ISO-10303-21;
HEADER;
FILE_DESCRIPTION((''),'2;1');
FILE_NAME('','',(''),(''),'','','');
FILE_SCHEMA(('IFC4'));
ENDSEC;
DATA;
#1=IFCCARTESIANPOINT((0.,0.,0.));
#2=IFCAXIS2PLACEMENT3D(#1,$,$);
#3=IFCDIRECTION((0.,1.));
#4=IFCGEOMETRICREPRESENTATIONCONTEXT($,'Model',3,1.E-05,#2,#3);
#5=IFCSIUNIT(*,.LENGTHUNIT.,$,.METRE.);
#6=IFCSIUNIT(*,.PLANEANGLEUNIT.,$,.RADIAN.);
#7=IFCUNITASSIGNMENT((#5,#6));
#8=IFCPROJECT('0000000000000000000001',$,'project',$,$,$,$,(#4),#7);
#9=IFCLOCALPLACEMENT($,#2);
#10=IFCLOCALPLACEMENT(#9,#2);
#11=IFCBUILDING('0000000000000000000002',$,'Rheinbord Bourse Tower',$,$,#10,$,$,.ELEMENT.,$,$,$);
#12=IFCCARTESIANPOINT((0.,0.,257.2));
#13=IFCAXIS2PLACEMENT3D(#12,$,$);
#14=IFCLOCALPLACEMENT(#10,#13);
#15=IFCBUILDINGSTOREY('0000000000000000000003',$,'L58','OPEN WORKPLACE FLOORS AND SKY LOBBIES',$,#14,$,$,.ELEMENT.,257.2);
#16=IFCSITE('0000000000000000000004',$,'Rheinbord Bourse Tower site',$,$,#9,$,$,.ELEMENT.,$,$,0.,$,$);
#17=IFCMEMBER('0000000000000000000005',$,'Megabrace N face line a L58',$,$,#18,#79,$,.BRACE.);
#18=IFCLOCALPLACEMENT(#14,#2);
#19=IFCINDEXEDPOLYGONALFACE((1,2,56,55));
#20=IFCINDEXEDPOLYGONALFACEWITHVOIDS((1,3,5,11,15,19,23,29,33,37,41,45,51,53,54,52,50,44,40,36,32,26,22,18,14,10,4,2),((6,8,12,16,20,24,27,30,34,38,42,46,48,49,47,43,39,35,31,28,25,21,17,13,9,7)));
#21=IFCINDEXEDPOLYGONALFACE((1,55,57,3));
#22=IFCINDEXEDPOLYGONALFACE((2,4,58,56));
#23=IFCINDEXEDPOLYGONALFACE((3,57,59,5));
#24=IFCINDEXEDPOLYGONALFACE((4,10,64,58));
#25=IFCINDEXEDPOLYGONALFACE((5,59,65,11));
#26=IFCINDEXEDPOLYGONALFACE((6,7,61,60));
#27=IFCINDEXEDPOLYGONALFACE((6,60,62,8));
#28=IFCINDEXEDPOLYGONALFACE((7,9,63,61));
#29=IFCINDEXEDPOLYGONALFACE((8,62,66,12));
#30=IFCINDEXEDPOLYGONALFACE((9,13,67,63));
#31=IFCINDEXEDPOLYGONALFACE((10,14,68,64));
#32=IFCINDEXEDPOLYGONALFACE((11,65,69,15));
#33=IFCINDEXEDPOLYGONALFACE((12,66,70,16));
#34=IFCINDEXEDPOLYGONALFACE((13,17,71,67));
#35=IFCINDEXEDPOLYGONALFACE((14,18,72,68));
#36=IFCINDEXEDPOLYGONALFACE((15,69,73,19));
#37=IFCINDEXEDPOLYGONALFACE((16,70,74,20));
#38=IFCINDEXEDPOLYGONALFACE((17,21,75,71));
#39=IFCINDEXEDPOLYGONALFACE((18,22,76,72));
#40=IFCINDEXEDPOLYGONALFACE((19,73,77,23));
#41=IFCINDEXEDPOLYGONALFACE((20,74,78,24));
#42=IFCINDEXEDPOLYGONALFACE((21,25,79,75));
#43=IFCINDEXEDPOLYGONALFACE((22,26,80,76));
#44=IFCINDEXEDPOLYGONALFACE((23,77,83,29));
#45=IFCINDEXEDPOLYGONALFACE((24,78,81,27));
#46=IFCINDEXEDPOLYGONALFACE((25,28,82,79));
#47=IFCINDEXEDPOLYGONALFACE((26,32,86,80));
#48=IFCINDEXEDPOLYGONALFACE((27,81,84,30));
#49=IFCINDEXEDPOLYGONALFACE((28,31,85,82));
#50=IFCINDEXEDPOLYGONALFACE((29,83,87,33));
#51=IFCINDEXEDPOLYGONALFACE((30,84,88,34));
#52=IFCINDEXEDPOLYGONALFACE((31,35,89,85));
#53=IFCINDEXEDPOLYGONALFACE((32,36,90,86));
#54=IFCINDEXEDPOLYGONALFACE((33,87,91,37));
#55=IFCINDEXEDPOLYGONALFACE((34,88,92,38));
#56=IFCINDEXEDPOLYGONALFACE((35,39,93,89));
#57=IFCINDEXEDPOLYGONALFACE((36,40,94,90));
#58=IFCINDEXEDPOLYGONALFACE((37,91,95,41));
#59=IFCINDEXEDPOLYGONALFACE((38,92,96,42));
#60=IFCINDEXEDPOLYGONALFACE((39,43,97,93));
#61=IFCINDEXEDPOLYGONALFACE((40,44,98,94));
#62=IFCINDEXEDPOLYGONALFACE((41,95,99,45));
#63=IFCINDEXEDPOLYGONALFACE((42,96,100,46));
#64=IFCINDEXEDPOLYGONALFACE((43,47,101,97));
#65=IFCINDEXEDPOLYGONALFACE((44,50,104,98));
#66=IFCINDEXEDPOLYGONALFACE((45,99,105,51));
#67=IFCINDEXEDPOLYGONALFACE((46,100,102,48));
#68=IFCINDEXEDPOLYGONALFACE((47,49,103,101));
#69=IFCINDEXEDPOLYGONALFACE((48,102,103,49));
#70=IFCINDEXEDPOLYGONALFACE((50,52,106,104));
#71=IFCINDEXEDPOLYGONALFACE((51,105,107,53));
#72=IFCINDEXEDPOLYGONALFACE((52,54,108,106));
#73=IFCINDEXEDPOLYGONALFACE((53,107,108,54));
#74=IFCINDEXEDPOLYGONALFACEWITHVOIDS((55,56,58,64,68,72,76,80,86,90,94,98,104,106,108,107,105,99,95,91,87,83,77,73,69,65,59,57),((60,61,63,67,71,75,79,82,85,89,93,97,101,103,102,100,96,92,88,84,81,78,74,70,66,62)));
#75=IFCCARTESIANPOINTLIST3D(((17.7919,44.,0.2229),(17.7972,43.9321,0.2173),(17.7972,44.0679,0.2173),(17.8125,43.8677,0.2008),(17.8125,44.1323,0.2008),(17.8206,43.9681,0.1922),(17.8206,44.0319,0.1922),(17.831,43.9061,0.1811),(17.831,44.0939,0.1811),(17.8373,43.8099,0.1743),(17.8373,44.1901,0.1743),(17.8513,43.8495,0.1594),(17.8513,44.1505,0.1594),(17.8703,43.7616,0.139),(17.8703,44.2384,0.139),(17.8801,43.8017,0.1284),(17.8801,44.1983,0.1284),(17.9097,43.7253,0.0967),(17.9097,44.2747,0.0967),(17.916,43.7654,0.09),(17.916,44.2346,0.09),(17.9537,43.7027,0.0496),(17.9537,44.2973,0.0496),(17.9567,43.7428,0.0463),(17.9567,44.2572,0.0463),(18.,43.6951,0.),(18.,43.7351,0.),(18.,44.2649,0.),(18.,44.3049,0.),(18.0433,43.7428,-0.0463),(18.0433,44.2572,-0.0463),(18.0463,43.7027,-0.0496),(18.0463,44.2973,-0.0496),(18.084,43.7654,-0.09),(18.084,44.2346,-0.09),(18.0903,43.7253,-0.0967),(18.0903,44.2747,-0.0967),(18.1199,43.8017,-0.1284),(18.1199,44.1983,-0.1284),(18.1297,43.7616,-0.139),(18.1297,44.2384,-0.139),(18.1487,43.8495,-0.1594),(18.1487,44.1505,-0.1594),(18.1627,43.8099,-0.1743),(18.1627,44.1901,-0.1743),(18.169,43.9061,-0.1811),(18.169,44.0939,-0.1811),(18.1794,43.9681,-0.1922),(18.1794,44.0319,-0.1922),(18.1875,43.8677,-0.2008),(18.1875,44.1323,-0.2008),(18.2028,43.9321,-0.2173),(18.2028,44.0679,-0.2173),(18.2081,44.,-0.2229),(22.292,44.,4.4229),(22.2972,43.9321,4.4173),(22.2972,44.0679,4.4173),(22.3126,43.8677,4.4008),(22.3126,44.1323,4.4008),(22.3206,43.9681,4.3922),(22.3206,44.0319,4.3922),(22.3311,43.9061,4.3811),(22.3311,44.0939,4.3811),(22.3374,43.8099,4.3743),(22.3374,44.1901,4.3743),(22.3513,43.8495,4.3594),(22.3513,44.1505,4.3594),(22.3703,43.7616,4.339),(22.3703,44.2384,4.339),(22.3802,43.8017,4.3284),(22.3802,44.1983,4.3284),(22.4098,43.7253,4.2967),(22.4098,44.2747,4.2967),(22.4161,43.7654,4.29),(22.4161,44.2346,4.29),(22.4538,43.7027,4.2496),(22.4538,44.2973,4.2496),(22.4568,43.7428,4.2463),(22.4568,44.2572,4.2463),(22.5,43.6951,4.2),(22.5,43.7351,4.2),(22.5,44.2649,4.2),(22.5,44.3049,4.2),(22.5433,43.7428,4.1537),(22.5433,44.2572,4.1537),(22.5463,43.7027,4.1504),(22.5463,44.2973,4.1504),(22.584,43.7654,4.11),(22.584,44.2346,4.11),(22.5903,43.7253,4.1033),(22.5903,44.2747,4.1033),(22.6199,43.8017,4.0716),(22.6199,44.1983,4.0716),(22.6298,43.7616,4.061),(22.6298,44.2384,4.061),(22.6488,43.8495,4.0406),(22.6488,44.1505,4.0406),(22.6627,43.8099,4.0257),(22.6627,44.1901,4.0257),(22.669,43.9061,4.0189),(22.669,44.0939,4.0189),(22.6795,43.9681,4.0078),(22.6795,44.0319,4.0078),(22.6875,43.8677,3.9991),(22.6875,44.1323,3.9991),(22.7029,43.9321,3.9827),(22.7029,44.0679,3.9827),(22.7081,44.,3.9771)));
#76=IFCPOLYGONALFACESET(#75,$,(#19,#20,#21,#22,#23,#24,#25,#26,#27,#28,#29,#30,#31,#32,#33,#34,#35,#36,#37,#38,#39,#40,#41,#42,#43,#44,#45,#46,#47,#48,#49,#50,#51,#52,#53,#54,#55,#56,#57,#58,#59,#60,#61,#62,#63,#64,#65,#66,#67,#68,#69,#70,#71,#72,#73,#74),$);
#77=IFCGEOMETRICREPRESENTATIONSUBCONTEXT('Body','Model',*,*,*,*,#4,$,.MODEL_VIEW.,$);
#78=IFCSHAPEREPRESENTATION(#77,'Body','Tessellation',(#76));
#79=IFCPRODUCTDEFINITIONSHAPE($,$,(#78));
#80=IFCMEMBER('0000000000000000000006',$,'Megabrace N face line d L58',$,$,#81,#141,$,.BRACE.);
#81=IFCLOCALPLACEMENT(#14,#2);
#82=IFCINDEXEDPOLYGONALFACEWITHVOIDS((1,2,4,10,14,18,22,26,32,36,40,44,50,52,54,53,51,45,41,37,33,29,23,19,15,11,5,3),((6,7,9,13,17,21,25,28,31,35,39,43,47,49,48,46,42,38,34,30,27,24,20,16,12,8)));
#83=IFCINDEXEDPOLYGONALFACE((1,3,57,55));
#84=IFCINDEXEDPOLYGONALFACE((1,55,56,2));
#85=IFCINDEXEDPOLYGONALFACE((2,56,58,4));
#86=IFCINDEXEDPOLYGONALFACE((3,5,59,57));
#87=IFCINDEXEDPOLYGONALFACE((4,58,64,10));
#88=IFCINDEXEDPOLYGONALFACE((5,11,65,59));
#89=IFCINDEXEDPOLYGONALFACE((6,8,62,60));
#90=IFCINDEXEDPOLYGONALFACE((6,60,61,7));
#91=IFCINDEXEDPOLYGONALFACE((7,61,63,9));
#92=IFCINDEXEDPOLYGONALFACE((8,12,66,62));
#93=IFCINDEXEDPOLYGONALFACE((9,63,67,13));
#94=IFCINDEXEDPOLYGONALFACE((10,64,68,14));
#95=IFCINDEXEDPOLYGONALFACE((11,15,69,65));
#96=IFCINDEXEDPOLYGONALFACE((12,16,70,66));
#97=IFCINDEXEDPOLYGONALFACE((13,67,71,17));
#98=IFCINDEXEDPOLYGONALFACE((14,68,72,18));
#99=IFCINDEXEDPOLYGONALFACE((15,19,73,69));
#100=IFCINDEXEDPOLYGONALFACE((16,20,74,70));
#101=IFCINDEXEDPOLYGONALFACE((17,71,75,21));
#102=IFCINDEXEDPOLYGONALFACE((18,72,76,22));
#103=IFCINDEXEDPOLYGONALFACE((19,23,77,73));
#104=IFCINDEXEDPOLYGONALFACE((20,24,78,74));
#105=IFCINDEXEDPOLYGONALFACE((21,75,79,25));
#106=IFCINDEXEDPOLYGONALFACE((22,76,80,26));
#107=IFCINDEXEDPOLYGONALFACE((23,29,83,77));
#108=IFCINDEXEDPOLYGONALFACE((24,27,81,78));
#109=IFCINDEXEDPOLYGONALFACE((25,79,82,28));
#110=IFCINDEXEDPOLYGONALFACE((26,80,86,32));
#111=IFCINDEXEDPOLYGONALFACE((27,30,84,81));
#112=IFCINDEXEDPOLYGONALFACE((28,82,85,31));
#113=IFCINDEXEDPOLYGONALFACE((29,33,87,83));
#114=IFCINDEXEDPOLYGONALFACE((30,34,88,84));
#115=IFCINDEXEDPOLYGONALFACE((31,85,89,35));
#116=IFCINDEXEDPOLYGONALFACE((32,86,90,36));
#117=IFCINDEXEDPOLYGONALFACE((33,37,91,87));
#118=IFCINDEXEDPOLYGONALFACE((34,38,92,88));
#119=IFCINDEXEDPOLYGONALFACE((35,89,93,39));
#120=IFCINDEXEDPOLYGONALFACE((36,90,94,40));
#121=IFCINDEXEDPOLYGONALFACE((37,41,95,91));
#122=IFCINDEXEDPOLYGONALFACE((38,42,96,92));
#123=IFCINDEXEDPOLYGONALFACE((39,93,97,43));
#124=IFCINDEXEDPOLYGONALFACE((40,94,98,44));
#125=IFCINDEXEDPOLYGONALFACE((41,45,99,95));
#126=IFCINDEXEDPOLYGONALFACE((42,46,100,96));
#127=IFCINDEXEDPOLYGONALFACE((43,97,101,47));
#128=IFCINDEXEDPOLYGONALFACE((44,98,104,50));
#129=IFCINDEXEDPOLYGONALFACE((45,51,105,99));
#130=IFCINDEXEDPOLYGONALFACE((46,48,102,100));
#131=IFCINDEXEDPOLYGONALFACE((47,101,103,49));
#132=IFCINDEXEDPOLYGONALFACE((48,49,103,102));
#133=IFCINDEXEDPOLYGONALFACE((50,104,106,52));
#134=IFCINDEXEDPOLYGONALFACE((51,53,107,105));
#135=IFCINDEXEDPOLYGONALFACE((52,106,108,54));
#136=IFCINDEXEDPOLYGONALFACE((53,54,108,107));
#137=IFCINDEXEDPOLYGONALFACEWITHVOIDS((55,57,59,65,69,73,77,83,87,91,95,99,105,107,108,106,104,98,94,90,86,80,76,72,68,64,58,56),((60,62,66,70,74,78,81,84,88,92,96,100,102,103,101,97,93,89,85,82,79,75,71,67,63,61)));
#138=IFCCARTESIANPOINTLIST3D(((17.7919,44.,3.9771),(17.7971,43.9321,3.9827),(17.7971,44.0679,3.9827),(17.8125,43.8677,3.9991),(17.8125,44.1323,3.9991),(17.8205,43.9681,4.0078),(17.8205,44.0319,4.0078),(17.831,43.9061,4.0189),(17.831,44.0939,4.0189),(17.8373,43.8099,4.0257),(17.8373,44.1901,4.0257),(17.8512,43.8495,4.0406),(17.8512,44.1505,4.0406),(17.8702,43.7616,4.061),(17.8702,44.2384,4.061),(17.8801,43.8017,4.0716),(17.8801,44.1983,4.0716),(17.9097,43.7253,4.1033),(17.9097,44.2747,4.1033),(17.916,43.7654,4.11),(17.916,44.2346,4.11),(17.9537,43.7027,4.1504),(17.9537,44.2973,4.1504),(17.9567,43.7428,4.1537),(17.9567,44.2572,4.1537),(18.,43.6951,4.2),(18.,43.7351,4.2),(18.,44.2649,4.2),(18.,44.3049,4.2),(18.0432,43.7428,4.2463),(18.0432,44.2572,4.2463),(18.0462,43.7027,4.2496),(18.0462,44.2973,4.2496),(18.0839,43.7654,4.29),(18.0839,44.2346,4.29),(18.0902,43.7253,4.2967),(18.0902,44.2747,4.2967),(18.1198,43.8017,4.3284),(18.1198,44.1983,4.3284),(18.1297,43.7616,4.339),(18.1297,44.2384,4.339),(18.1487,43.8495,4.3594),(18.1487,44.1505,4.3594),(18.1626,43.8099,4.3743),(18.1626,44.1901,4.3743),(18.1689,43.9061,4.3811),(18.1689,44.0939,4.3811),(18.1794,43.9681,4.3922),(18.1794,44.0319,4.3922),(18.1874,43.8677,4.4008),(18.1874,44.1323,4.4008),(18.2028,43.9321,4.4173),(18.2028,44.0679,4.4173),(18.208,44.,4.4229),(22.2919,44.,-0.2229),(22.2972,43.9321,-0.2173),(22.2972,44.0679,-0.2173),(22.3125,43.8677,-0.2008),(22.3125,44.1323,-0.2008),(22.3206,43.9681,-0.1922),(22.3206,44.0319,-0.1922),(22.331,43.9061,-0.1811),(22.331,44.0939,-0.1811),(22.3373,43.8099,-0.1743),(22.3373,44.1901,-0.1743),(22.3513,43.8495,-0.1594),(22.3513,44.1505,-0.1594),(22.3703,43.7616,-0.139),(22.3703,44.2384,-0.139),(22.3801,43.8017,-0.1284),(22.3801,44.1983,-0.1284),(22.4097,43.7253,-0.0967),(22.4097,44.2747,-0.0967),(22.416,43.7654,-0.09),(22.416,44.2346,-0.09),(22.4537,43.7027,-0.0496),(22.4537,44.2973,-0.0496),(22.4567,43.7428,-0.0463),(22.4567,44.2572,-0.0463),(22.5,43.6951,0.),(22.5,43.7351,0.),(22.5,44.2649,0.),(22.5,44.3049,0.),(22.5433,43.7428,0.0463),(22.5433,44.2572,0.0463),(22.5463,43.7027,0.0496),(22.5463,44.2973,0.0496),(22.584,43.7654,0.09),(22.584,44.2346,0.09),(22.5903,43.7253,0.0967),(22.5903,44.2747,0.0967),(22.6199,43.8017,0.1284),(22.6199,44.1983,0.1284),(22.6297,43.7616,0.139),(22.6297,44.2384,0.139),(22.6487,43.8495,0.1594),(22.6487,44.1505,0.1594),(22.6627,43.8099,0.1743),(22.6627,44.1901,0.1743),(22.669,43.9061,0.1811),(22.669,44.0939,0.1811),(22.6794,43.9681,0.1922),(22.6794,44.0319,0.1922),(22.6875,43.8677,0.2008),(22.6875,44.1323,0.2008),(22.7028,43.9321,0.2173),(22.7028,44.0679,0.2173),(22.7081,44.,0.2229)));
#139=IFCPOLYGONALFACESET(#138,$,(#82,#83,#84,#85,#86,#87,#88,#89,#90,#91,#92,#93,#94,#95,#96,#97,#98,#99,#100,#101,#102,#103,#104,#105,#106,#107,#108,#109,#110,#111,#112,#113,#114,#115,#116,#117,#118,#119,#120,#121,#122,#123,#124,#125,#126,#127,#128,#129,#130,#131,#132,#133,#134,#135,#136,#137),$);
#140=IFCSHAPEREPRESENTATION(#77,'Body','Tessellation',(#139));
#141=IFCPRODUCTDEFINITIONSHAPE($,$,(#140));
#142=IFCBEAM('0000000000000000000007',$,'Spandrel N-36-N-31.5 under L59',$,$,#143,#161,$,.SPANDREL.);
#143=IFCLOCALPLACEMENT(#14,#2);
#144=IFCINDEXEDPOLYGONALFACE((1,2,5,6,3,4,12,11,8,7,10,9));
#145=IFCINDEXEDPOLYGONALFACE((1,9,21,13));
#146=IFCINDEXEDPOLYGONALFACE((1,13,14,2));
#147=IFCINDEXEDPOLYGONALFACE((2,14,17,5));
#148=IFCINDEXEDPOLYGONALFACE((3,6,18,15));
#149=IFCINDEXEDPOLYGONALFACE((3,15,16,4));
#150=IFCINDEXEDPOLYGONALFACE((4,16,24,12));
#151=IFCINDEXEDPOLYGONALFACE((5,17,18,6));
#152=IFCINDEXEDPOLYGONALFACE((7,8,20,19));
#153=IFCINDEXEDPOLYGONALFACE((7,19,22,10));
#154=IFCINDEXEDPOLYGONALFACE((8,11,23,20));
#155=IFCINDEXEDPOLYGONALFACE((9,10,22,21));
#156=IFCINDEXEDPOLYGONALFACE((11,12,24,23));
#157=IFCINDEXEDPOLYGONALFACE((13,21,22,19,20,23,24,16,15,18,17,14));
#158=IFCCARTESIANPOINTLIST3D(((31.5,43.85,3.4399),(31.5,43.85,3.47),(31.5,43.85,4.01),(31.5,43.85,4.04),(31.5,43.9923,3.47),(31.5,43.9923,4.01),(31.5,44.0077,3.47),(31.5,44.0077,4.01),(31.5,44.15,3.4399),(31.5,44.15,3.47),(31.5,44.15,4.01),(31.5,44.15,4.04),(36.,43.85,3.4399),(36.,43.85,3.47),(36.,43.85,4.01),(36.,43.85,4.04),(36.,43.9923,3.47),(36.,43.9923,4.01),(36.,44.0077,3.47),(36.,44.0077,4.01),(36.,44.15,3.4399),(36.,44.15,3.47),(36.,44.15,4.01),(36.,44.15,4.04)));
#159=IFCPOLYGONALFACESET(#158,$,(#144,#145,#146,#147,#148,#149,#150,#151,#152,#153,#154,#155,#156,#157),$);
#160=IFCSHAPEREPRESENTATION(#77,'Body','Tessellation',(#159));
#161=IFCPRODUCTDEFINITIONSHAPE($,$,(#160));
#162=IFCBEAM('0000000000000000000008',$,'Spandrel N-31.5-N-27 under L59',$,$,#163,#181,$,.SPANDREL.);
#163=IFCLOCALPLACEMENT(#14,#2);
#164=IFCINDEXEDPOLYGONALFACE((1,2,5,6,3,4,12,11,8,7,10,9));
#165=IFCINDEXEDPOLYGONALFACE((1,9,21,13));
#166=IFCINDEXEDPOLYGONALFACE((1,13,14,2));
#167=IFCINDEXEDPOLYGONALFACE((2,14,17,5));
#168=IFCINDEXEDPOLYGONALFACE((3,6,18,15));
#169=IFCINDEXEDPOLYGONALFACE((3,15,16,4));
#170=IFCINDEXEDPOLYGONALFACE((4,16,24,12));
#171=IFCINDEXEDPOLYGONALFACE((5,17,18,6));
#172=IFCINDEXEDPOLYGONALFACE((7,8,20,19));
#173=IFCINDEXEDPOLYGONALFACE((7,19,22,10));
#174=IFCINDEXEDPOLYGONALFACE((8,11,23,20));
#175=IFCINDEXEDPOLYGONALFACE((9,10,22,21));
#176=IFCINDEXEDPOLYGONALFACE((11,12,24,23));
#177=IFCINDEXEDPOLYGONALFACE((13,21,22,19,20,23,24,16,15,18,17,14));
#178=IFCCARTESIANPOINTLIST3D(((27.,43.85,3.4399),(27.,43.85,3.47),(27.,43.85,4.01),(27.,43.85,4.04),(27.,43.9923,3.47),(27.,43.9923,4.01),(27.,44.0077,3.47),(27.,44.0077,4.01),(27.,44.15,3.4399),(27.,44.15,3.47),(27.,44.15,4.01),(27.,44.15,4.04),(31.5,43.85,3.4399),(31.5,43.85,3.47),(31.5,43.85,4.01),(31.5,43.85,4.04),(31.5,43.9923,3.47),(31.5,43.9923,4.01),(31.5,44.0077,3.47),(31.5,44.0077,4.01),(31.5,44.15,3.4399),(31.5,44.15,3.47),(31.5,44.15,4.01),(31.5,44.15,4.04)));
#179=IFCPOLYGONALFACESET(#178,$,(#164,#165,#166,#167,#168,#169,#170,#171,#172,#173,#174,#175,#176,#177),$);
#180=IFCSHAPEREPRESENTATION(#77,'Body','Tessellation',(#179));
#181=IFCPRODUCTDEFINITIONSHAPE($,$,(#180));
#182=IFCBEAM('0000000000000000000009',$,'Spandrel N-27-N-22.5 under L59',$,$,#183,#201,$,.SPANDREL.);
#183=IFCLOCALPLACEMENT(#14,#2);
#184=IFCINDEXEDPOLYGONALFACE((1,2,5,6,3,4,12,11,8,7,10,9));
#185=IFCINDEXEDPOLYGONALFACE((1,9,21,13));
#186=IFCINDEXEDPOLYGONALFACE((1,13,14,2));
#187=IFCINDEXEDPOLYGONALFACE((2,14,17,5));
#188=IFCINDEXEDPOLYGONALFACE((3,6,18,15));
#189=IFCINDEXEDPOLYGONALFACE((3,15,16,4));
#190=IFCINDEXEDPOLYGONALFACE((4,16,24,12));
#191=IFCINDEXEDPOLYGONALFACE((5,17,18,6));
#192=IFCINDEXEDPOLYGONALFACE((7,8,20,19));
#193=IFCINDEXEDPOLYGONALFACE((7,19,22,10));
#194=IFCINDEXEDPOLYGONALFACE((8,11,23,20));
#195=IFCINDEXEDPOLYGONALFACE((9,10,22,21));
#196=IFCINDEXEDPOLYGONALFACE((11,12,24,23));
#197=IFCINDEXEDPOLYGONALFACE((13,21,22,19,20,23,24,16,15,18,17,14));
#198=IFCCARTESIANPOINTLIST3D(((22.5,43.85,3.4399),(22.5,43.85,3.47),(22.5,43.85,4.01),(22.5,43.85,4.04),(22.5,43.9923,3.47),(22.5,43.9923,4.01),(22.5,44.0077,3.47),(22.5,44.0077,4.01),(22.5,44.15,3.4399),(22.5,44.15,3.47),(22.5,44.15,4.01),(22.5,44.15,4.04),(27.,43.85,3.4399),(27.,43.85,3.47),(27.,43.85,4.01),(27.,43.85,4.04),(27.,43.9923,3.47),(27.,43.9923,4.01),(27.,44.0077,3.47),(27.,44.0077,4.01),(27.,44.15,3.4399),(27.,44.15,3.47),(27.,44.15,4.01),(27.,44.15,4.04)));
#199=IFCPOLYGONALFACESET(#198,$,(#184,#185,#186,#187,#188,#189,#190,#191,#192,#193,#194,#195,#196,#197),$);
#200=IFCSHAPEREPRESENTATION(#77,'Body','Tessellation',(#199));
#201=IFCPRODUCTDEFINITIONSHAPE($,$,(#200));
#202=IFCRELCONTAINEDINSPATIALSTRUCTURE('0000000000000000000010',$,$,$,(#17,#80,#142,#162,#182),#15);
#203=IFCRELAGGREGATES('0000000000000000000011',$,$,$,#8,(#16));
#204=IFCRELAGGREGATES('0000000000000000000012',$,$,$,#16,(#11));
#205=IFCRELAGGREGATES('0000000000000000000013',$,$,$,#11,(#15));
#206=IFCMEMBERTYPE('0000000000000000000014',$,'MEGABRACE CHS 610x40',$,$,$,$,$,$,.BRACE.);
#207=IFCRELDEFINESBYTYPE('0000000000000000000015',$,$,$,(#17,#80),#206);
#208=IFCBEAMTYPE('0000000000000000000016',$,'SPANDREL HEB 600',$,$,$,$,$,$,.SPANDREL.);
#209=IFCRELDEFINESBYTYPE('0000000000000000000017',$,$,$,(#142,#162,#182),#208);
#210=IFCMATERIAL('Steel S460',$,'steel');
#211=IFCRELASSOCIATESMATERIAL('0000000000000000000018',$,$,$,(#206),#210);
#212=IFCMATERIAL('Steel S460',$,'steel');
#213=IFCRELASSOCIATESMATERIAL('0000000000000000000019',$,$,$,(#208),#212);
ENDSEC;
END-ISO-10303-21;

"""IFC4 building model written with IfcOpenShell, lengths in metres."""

from ifc_helpers import new_model, si_unit, direction, frame, origin, origin_2d, place, context, subcontext, project, spatial, hollow_circle, i_section, extrude, material, material_profile, profile_set, type_object, element, save


model = new_model("IFC4")

# Units and contexts
model_context = context("Model", 3, precision=1e-05, world=origin(), true_north=direction((0.0, 1.0)))
body_context = subcontext(model_context, "Body", "Model", "MODEL_VIEW")
ifc_project = project(units=[si_unit("LENGTHUNIT", "METRE"), si_unit("PLANEANGLEUNIT", "RADIAN")], contexts=[model_context])

# Site, building, storey
site_placement = place(None, origin())
site = spatial("IfcSite", under=ifc_project, at=site_placement, Name="Rheinbord Bourse Tower site", CompositionType="ELEMENT", RefElevation=0.0)
building_placement = place(site_placement, origin())
building = spatial("IfcBuilding", under=site, at=building_placement, Name="Rheinbord Bourse Tower", CompositionType="ELEMENT")
storey_placement = place(building_placement, frame((0.0, 0.0, 257.2)))
storey = spatial("IfcBuildingStorey", under=building, at=storey_placement, Name="L58", Description="OPEN WORKPLACE FLOORS AND SKY LOBBIES", CompositionType="ELEMENT", Elevation=257.2)

# Members
ifc_material_1 = material(Name="Steel S460", Category="steel")
ifc_material_profile_1 = material_profile(ifc_material_1, hollow_circle(Radius=0.3049, WallThickness=0.04, at=origin_2d()), Name="CHS 610x40")
ifc_profile_set_1 = profile_set([ifc_material_profile_1], Name="Steel S460")
member_type_1 = type_object("IfcMemberType", Name="MEGABRACE CHS 610x40", PredefinedType="BRACE", material=ifc_profile_set_1)
for number, where, z_axis, x_axis, name in (
    (1, (18.0, 44.0, 0.0), (0.731059, 0.0, 0.682314), (0.0, 1.0, 0.0), "Megabrace N face line a L58"),
    (2, (22.5, 44.0, 0.0), (-0.731059, 0.0, 0.682314), (0.0, -1.0, 0.0), "Megabrace N face line d L58"),
):
    element("IfcMember", number, at=place(storey_placement, frame(where, z_axis=z_axis, x_axis=x_axis)), inside=storey, type_object=member_type_1, Name=name, PredefinedType="BRACE", context=body_context, shape_type="SweptSolid", body=[
        extrude(hollow_circle(Radius=0.3049, WallThickness=0.04, at=origin_2d()), origin(), (0.0, 0.0, 1.0), 6.1555),
    ])

# Beams
ifc_material_2 = material(Name="Steel S460", Category="steel")
ifc_material_profile_2 = material_profile(ifc_material_2, i_section(OverallWidth=0.3, OverallDepth=0.6001, WebThickness=0.0154, FlangeThickness=0.03, at=origin_2d()), Name="HEB 600")
ifc_profile_set_2 = profile_set([ifc_material_profile_2], Name="Steel S460")
beam_type_1 = type_object("IfcBeamType", Name="SPANDREL HEB 600", PredefinedType="SPANDREL", material=ifc_profile_set_2)
for number, where, z_axis, x_axis, name in (
    (3, (36.0, 44.0, 3.74), (-1.0, 0.0, 0.0), (0.0, -1.0, 0.0), "Spandrel N-36-N-31.5 under L59"),
    (4, (31.5, 44.0, 3.74), (-1.0, 0.0, 0.0), (0.0, -1.0, 0.0), "Spandrel N-31.5-N-27 under L59"),
    (5, (27.0, 44.0, 3.74), (-1.0, 0.0, 0.0), (0.0, -1.0, 0.0), "Spandrel N-27-N-22.5 under L59"),
):
    element("IfcBeam", number, at=place(storey_placement, frame(where, z_axis=z_axis, x_axis=x_axis)), inside=storey, type_object=beam_type_1, Name=name, PredefinedType="SPANDREL", context=body_context, shape_type="SweptSolid", body=[
        extrude(i_section(OverallWidth=0.3, OverallDepth=0.6001, WebThickness=0.0154, FlangeThickness=0.03, at=origin_2d()), origin(), (0.0, 0.0, 1.0), 4.5),
    ])

save(model, "model.ifc")
